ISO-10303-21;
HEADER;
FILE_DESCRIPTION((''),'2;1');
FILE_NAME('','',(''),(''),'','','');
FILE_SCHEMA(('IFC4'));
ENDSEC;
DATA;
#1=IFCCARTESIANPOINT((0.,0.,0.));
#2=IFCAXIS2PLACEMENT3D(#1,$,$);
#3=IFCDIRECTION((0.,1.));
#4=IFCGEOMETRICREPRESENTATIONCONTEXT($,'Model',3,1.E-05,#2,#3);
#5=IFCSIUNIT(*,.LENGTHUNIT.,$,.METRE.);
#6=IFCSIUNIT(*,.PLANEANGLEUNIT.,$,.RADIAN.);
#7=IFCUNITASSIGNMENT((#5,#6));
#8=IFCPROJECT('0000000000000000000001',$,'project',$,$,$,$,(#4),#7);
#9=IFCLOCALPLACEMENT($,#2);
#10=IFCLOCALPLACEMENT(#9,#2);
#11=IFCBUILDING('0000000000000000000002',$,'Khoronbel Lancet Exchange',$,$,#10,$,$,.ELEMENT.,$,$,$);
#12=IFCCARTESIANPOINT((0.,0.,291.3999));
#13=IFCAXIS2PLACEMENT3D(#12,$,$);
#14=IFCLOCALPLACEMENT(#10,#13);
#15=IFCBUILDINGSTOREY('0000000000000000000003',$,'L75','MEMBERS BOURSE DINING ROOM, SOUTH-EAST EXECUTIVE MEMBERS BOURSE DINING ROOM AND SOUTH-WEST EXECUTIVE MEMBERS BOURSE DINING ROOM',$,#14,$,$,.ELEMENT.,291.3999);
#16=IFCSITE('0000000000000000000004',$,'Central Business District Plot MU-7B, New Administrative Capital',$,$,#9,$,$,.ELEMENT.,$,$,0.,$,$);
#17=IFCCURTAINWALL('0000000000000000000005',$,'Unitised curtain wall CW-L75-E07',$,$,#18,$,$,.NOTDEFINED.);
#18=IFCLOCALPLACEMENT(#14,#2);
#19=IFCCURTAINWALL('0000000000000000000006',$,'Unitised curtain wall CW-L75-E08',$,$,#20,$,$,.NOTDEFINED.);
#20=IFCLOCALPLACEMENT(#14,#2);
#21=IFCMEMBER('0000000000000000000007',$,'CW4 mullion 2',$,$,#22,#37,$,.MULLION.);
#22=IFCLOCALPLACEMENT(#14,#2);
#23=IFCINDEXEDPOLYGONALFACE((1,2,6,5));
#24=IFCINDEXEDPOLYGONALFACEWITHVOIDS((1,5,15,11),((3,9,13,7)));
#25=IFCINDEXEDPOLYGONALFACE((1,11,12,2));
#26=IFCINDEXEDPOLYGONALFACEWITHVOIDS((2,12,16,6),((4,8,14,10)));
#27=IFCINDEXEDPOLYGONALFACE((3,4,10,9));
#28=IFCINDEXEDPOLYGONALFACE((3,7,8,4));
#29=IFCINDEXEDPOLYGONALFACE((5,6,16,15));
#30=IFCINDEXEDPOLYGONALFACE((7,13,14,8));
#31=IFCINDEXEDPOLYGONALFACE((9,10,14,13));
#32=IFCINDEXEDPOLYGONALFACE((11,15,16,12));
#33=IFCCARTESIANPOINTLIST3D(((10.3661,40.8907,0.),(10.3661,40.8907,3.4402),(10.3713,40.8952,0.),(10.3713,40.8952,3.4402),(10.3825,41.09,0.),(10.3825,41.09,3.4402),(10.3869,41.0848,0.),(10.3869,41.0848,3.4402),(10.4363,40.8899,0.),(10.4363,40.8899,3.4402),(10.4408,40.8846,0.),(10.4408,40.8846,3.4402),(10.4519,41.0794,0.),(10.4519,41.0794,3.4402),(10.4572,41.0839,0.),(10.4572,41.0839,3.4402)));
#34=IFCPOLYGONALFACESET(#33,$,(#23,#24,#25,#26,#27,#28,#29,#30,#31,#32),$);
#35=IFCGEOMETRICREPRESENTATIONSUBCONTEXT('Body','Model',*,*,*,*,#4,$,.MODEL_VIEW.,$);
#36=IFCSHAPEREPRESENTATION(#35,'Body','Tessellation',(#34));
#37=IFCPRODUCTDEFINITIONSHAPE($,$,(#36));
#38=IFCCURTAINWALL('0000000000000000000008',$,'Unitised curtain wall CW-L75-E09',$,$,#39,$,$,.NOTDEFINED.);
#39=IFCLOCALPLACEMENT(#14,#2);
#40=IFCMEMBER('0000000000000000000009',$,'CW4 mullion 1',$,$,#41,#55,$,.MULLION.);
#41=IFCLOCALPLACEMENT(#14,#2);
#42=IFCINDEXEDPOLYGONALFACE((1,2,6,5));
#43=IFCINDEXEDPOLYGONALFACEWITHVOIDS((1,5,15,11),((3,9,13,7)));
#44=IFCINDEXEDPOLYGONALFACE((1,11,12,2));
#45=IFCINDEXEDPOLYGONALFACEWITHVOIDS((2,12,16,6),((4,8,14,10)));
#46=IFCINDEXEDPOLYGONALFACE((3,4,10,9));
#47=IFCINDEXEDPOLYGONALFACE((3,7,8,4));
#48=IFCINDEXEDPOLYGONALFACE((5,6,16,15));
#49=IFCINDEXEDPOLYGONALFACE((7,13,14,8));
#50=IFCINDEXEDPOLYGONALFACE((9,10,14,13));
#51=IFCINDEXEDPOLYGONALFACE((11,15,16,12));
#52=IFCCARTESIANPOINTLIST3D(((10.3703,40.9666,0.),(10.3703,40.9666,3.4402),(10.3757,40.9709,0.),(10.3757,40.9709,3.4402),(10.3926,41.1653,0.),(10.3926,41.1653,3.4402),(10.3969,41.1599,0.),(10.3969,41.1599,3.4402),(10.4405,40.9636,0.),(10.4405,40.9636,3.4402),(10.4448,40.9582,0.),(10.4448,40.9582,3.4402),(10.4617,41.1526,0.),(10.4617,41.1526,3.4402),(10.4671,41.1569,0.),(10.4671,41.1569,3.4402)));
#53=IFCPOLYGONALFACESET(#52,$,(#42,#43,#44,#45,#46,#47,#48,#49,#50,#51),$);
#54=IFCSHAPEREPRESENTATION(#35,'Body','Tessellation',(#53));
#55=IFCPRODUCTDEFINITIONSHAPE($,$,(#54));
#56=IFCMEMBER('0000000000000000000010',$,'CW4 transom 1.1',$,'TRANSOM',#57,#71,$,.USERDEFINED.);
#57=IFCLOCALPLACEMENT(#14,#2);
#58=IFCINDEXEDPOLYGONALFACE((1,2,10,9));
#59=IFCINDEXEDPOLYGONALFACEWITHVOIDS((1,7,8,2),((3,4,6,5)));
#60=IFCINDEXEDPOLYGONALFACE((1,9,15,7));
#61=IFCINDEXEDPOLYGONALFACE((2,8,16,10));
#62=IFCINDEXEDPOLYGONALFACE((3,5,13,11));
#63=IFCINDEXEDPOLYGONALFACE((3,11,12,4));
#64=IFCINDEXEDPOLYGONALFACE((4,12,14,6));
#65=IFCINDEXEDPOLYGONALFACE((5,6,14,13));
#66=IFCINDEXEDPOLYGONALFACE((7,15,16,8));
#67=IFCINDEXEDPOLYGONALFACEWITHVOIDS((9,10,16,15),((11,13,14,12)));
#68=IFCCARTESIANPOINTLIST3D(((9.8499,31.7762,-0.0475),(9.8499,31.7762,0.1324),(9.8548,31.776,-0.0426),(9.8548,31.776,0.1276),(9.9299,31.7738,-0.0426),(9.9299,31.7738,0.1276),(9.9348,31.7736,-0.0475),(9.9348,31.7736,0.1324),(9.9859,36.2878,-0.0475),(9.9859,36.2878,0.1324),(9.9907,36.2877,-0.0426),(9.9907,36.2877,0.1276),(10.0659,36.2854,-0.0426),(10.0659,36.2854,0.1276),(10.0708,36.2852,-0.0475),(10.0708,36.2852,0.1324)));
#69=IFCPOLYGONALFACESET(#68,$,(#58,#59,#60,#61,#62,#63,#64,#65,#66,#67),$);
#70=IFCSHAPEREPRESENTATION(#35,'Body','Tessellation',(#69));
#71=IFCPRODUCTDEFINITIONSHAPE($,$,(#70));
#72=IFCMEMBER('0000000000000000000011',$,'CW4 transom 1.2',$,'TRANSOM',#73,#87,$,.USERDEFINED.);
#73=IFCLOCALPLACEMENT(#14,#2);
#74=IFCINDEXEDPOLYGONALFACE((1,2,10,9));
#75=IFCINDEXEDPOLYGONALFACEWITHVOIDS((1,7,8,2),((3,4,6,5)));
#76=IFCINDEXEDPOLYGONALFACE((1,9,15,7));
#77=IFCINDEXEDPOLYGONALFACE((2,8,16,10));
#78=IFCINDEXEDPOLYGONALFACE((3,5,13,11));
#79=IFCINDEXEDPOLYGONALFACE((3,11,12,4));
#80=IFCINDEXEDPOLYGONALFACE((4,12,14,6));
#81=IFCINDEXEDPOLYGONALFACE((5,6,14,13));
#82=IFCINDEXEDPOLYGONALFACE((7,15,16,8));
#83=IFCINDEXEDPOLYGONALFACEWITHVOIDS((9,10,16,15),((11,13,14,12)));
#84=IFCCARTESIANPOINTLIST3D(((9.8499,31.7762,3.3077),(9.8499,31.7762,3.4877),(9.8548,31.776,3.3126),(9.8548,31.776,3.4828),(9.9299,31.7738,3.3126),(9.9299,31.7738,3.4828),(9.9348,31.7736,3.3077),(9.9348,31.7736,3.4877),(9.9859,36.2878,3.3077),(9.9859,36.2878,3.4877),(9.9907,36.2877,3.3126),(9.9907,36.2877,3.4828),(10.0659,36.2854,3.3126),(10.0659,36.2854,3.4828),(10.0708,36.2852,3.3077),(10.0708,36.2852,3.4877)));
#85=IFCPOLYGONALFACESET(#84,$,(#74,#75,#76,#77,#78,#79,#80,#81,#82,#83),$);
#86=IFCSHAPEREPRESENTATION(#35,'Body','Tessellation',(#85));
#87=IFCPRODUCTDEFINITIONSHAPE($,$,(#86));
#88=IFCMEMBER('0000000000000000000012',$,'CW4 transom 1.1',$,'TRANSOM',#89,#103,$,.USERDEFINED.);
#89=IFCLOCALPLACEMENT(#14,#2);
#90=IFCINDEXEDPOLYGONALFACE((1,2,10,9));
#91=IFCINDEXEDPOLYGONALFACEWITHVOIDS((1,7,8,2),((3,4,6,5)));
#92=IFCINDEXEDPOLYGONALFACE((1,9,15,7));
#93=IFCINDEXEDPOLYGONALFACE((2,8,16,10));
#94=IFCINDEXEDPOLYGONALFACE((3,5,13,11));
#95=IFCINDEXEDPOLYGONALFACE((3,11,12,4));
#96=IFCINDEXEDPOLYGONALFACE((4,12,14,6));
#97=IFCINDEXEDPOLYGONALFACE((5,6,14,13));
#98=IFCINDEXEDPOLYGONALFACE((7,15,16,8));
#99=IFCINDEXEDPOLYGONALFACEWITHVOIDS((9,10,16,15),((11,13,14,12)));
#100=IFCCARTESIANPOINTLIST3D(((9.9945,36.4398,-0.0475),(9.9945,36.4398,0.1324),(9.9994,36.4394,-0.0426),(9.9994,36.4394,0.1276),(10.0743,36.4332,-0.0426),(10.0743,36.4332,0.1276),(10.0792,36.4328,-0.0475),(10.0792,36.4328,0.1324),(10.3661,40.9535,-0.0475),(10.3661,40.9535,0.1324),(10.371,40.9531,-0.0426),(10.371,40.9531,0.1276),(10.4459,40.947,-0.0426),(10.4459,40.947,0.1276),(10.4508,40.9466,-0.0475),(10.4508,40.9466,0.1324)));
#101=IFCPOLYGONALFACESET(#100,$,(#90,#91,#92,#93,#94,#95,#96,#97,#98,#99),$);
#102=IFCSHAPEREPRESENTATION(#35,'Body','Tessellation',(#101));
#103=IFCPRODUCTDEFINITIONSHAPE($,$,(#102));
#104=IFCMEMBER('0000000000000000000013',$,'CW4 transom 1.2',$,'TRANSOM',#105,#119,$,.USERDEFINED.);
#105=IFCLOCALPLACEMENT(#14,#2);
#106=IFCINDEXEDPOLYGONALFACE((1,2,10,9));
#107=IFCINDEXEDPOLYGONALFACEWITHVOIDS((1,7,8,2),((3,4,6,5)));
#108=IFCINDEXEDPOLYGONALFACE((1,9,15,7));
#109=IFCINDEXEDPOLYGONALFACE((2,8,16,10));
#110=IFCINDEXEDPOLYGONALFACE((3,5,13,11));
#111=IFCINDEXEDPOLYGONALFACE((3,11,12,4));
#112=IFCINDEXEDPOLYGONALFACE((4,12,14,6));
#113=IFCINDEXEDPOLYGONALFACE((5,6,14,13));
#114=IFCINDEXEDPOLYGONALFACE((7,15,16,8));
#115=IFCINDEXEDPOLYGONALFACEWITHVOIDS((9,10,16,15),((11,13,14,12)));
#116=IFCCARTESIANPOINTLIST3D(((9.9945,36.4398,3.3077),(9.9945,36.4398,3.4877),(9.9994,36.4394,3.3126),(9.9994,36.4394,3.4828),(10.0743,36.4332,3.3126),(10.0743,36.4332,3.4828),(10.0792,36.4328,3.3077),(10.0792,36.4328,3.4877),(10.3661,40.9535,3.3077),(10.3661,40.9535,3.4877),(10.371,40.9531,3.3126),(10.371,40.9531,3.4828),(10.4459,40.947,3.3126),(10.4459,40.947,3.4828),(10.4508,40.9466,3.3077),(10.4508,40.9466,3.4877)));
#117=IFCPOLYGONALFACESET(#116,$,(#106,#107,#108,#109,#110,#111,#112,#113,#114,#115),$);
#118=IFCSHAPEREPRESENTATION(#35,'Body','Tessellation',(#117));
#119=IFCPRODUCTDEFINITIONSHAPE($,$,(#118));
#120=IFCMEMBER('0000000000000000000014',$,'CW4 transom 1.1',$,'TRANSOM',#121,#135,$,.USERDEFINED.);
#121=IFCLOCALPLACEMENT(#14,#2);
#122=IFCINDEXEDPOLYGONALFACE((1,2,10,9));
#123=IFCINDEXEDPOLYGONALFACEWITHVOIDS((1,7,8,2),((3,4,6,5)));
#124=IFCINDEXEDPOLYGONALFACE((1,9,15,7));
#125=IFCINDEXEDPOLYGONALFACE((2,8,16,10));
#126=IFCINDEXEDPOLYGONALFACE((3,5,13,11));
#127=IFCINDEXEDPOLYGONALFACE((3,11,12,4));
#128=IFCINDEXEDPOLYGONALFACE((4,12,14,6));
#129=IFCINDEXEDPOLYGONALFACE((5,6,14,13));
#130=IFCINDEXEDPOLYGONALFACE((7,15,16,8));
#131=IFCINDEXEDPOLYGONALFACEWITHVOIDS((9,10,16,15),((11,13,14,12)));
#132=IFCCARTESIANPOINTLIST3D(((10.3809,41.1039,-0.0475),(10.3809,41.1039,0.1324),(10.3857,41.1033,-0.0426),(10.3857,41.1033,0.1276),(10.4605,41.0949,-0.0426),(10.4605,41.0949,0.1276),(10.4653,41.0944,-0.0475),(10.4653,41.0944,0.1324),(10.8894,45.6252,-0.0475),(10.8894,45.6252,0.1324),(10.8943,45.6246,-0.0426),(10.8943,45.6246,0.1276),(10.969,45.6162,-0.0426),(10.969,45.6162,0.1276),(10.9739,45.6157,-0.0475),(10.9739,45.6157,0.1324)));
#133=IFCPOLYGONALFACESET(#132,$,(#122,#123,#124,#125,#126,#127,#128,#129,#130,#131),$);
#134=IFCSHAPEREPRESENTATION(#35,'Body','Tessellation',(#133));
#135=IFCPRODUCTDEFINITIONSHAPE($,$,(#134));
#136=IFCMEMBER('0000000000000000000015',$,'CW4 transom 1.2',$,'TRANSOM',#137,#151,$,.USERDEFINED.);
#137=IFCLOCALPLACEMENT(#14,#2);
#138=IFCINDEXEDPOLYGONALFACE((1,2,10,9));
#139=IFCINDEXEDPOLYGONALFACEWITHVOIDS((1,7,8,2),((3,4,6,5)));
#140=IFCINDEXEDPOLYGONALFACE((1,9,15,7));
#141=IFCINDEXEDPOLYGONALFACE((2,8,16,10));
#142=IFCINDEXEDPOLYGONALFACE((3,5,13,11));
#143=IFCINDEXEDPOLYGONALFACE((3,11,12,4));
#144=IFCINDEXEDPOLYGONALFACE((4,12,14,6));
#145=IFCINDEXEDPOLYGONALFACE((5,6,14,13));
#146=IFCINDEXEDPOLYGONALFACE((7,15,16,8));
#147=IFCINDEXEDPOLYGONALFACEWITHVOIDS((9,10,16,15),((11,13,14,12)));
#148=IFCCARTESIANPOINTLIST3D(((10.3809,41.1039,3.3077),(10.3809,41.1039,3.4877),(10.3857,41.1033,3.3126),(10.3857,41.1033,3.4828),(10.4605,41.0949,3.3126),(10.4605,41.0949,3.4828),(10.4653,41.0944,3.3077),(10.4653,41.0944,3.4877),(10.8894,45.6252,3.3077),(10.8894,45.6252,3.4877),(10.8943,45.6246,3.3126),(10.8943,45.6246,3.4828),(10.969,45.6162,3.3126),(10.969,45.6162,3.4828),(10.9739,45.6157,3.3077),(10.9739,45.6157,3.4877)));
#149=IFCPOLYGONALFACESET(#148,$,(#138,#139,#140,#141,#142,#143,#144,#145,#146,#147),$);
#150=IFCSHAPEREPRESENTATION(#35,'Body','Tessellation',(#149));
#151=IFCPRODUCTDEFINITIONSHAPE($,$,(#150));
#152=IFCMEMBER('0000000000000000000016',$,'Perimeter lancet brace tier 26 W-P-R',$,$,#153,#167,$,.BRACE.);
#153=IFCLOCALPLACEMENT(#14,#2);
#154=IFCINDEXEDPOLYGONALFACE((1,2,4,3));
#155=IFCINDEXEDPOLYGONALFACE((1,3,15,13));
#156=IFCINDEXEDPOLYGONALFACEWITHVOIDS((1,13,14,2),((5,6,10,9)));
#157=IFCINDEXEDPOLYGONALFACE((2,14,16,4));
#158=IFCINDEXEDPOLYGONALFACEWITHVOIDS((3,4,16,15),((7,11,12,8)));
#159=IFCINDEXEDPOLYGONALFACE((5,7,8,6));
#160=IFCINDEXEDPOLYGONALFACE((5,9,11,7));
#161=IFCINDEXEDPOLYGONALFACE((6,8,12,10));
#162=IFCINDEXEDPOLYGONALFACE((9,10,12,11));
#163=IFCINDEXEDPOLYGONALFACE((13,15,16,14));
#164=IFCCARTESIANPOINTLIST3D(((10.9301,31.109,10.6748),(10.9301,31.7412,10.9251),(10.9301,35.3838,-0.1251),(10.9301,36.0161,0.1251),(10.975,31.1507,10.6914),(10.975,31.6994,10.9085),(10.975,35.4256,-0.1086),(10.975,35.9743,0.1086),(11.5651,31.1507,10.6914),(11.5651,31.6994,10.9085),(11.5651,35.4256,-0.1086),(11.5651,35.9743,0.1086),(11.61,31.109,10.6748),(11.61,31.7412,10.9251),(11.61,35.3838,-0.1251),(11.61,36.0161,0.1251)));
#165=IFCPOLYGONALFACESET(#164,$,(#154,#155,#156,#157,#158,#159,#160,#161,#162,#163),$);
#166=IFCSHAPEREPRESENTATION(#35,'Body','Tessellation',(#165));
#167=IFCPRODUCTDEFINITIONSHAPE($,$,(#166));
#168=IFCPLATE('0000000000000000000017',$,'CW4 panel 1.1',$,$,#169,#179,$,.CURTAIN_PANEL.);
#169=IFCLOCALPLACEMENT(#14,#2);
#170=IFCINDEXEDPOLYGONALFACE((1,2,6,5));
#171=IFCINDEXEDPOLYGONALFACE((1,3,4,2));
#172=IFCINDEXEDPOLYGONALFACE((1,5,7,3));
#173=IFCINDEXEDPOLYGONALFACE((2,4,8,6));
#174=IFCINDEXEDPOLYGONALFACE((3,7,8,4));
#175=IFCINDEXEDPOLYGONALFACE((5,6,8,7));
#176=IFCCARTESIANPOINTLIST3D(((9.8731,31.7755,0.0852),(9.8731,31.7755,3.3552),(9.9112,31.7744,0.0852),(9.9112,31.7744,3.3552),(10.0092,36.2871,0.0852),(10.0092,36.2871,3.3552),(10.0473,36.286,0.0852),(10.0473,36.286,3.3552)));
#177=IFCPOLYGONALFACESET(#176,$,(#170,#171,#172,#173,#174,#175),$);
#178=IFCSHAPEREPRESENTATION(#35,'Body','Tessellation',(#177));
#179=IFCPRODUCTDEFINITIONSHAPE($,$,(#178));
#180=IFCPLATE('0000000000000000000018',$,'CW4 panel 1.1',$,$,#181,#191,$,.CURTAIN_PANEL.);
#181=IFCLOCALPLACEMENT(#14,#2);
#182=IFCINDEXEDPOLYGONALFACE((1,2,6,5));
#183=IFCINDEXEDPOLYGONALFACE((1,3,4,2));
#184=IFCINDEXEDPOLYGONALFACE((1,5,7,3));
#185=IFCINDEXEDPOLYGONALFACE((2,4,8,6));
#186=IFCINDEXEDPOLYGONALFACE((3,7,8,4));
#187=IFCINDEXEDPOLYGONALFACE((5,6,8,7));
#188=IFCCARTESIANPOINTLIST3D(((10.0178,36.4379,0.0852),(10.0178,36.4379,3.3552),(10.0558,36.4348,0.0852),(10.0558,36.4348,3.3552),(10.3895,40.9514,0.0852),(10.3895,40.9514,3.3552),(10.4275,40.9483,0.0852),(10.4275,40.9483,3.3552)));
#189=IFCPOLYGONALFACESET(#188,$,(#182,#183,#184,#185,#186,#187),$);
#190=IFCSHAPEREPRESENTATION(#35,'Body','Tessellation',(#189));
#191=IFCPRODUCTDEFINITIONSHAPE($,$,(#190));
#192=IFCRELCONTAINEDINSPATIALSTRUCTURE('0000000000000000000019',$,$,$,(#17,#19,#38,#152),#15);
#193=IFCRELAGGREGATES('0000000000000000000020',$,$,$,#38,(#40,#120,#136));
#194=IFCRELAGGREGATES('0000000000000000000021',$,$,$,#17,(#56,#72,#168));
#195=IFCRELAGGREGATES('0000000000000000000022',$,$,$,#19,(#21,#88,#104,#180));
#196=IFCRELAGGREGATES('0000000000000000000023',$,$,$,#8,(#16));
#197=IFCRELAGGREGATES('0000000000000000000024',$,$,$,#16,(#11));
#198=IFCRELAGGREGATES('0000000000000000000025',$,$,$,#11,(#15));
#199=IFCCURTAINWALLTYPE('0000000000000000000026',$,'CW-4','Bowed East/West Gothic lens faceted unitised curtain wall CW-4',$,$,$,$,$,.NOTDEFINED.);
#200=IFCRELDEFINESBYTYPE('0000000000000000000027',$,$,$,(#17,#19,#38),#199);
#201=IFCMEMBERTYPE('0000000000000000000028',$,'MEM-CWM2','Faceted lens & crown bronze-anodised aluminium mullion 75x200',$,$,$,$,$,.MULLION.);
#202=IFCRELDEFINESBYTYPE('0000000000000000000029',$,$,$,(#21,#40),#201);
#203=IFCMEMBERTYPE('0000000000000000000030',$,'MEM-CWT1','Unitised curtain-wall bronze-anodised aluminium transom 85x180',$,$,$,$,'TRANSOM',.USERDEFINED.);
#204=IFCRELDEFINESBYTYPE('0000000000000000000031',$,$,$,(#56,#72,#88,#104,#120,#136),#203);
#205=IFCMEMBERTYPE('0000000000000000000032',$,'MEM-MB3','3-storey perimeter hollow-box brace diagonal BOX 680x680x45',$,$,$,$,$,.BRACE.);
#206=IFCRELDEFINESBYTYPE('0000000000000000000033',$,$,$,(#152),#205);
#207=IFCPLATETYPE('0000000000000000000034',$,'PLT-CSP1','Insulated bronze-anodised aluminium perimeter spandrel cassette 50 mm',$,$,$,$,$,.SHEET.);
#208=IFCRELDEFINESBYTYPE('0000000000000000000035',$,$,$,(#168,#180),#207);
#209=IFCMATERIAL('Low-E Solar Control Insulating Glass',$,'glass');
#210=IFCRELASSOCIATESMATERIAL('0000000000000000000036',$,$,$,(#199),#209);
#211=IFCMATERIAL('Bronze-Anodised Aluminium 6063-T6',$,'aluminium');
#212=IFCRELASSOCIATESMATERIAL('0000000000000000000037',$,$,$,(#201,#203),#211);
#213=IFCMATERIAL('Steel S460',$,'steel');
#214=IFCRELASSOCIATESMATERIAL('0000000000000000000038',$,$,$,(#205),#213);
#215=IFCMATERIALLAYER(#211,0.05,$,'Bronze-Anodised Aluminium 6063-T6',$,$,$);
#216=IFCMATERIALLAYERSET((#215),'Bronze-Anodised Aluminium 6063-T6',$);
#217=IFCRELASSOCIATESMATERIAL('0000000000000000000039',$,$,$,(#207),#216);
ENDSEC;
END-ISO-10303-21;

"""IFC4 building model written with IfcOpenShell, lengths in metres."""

from ifc_helpers import new_model, si_unit, direction, frame, origin, origin_2d, place, context, subcontext, project, spatial, rectangle, hollow_rectangle, extrude, material, layer, layer_set, material_profile, profile_set, type_object, element, aggregate, save


model = new_model("IFC4")

# Units and contexts
model_context = context("Model", 3, precision=1e-05, world=origin(), true_north=direction((0.0, 1.0)))
body_context = subcontext(model_context, "Body", "Model", "MODEL_VIEW")
ifc_project = project(units=[si_unit("LENGTHUNIT", "METRE"), si_unit("PLANEANGLEUNIT", "RADIAN")], contexts=[model_context])

# Site, building, storey
site_placement = place(None, origin())
site = spatial("IfcSite", under=ifc_project, at=site_placement, Name="Central Business District Plot MU-7B, New Administrative Capital", CompositionType="ELEMENT", RefElevation=0.0)
building_placement = place(site_placement, origin())
building = spatial("IfcBuilding", under=site, at=building_placement, Name="Khoronbel Lancet Exchange", CompositionType="ELEMENT")
storey_placement = place(building_placement, frame((0.0, 0.0, 291.3999)))
storey = spatial("IfcBuildingStorey", under=building, at=storey_placement, Name="L75", Description="MEMBERS BOURSE DINING ROOM, SOUTH-EAST EXECUTIVE MEMBERS BOURSE DINING ROOM AND SOUTH-WEST EXECUTIVE MEMBERS BOURSE DINING ROOM", CompositionType="ELEMENT", Elevation=291.3999)

# Curtain walls, member
ifc_material_1 = material(Name="Low-E Solar Control Insulating Glass", Category="glass")
curtain_wall_type = type_object("IfcCurtainWallType", Name="CW-4", Description="Bowed East/West Gothic lens faceted unitised curtain wall CW-4", PredefinedType="NOTDEFINED", material=ifc_material_1)
curtain_wall_1_placement = place(storey_placement, origin())
curtain_wall_1 = element("IfcCurtainWall", 1, at=curtain_wall_1_placement, inside=storey, type_object=curtain_wall_type, Name="Unitised curtain wall CW-L75-E07", PredefinedType="NOTDEFINED")
ifc_material_2 = material(Name="Bronze-Anodised Aluminium 6063-T6", Category="aluminium")
ifc_material_profile_1 = material_profile(ifc_material_2, hollow_rectangle(XDim=0.075, YDim=0.2, WallThickness=0.0049, at=origin_2d()), Name="ALU MULLION 75x200")
ifc_profile_set_1 = profile_set([ifc_material_profile_1], Name="Bronze-Anodised Aluminium 6063-T6")
member_type_1 = type_object("IfcMemberType", Name="MEM-CWM2", Description="Faceted lens & crown bronze-anodised aluminium mullion 75x200", PredefinedType="MULLION", material=ifc_profile_set_1)
curtain_wall_2_placement = place(storey_placement, origin())
curtain_wall_2 = element("IfcCurtainWall", 2, at=curtain_wall_2_placement, inside=storey, type_object=curtain_wall_type, Name="Unitised curtain wall CW-L75-E08", PredefinedType="NOTDEFINED")
member_1_placement = place(storey_placement, frame((10.4116, 40.9873, 0.0), z_axis=(0.0, 0.0, 1.0), x_axis=(-0.996626, 0.082073, 0.0)))
member_1 = element("IfcMember", 3, at=member_1_placement, type_object=member_type_1, Name="CW4 mullion 2", PredefinedType="MULLION", context=body_context, shape_type="SweptSolid", body=[
    extrude(hollow_rectangle(XDim=0.075, YDim=0.2, WallThickness=0.0049, at=origin_2d()), origin(), (0.0, 0.0, 1.0), 3.4402),
])

# Curtain wall, member
curtain_wall_3_placement = place(storey_placement, origin())
curtain_wall_3 = element("IfcCurtainWall", 4, at=curtain_wall_3_placement, inside=storey, type_object=curtain_wall_type, Name="Unitised curtain wall CW-L75-E09", PredefinedType="NOTDEFINED")
member_2_placement = place(storey_placement, frame((10.4187, 41.0618, 0.0), z_axis=(0.0, 0.0, 1.0), x_axis=(-0.993732, 0.111791, 0.0)))
member_2 = element("IfcMember", 5, at=member_2_placement, type_object=member_type_1, Name="CW4 mullion 1", PredefinedType="MULLION", context=body_context, shape_type="SweptSolid", body=[
    extrude(hollow_rectangle(XDim=0.075, YDim=0.2, WallThickness=0.0049, at=origin_2d()), origin(), (0.0, 0.0, 1.0), 3.4402),
])

# Members
ifc_material_profile_2 = material_profile(ifc_material_2, hollow_rectangle(XDim=0.085, YDim=0.1799, WallThickness=0.0049, at=origin_2d()), Name="ALU TRANSOM 85x180")
ifc_profile_set_2 = profile_set([ifc_material_profile_2], Name="Bronze-Anodised Aluminium 6063-T6")
member_type_2 = type_object("IfcMemberType", Name="MEM-CWT1", Description="Unitised curtain-wall bronze-anodised aluminium transom 85x180", ElementType="TRANSOM", PredefinedType="USERDEFINED", material=ifc_profile_set_2)
member_3_placement = place(storey_placement, frame((9.8923, 31.7749, 0.0425), z_axis=(0.030127, 0.999546, 0.0), x_axis=(-0.999546, 0.030127, 0.0)))
member_3 = element("IfcMember", 6, at=member_3_placement, type_object=member_type_2, Name="CW4 transom 1.1", ObjectType="TRANSOM", PredefinedType="USERDEFINED", context=body_context, shape_type="SweptSolid", body=[
    extrude(hollow_rectangle(XDim=0.085, YDim=0.1799, WallThickness=0.0049, at=origin_2d()), origin(), (0.0, 0.0, 1.0), 4.5137),
])
member_4_placement = place(storey_placement, frame((9.8923, 31.7749, 3.3977), z_axis=(0.030127, 0.999546, 0.0), x_axis=(-0.999546, 0.030127, 0.0)))
member_4 = element("IfcMember", 7, at=member_4_placement, type_object=member_type_2, Name="CW4 transom 1.2", ObjectType="TRANSOM", PredefinedType="USERDEFINED", context=body_context, shape_type="SweptSolid", body=[
    extrude(hollow_rectangle(XDim=0.085, YDim=0.1799, WallThickness=0.0049, at=origin_2d()), origin(), (0.0, 0.0, 1.0), 4.5137),
])
member_5_placement = place(storey_placement, frame((10.0369, 36.4363, 0.0425), z_axis=(0.082046, 0.996629, 0.0), x_axis=(-0.996629, 0.082046, 0.0)))
member_5 = element("IfcMember", 8, at=member_5_placement, type_object=member_type_2, Name="CW4 transom 1.1", ObjectType="TRANSOM", PredefinedType="USERDEFINED", context=body_context, shape_type="SweptSolid", body=[
    extrude(hollow_rectangle(XDim=0.085, YDim=0.1799, WallThickness=0.0049, at=origin_2d()), origin(), (0.0, 0.0, 1.0), 4.5291),
])
member_6_placement = place(storey_placement, frame((10.0369, 36.4363, 3.3977), z_axis=(0.082046, 0.996629, 0.0), x_axis=(-0.996629, 0.082046, 0.0)))
member_6 = element("IfcMember", 9, at=member_6_placement, type_object=member_type_2, Name="CW4 transom 1.2", ObjectType="TRANSOM", PredefinedType="USERDEFINED", context=body_context, shape_type="SweptSolid", body=[
    extrude(hollow_rectangle(XDim=0.085, YDim=0.1799, WallThickness=0.0049, at=origin_2d()), origin(), (0.0, 0.0, 1.0), 4.5291),
])
member_7_placement = place(storey_placement, frame((10.4231, 41.0991, 0.0425), z_axis=(0.111774, 0.993734, 0.0), x_axis=(-0.993734, 0.111774, 0.0)))
member_7 = element("IfcMember", 10, at=member_7_placement, type_object=member_type_2, Name="CW4 transom 1.1", ObjectType="TRANSOM", PredefinedType="USERDEFINED", context=body_context, shape_type="SweptSolid", body=[
    extrude(hollow_rectangle(XDim=0.085, YDim=0.1799, WallThickness=0.0049, at=origin_2d()), origin(), (0.0, 0.0, 1.0), 4.5498),
])
member_8_placement = place(storey_placement, frame((10.4231, 41.0991, 3.3977), z_axis=(0.111774, 0.993734, 0.0), x_axis=(-0.993734, 0.111774, 0.0)))
member_8 = element("IfcMember", 11, at=member_8_placement, type_object=member_type_2, Name="CW4 transom 1.2", ObjectType="TRANSOM", PredefinedType="USERDEFINED", context=body_context, shape_type="SweptSolid", body=[
    extrude(hollow_rectangle(XDim=0.085, YDim=0.1799, WallThickness=0.0049, at=origin_2d()), origin(), (0.0, 0.0, 1.0), 4.5498),
])
aggregate(curtain_wall_3, [member_2, member_7, member_8])
ifc_material_3 = material(Name="Steel S460", Category="steel")
ifc_material_profile_3 = material_profile(ifc_material_3, hollow_rectangle(XDim=0.6799, YDim=0.6799, WallThickness=0.0449, at=origin_2d()), Name="BOX 680x680x45")
ifc_profile_set_3 = profile_set([ifc_material_profile_3], Name="Steel S460")
member_type_3 = type_object("IfcMemberType", Name="MEM-MB3", Description="3-storey perimeter hollow-box brace diagonal BOX 680x680x45", PredefinedType="BRACE", material=ifc_profile_set_3)
member_9_placement = place(storey_placement, frame((11.27, 35.7, 0.0), z_axis=(0.0, -0.36804, 0.92981), x_axis=(1.0, 0.0, 0.0)))
element("IfcMember", 12, at=member_9_placement, inside=storey, type_object=member_type_3, Name="Perimeter lancet brace tier 26 W-P-R", PredefinedType="BRACE", context=body_context, shape_type="SweptSolid", body=[
    extrude(hollow_rectangle(XDim=0.6799, YDim=0.6799, WallThickness=0.0449, at=origin_2d()), origin(), (0.0, 0.0, 1.0), 11.6152),
])

# Plates
ifc_layer_1 = layer(ifc_material_2, 0.05, Name="Bronze-Anodised Aluminium 6063-T6")
ifc_layer_set_1 = layer_set([ifc_layer_1], Name="Bronze-Anodised Aluminium 6063-T6")
plate_type_1 = type_object("IfcPlateType", Name="PLT-CSP1", Description="Insulated bronze-anodised aluminium perimeter spandrel cassette 50 mm", PredefinedType="SHEET", material=ifc_layer_set_1)
plate_1_placement = place(storey_placement, frame((9.9602, 34.0308, 0.0852), z_axis=(0.0, 0.0, 1.0), x_axis=(0.030148, 0.999545, 0.0)))
plate_1 = element("IfcPlate", 13, at=plate_1_placement, type_object=plate_type_1, Name="CW4 panel 1.1", PredefinedType="CURTAIN_PANEL", context=body_context, shape_type="SweptSolid", body=[
    extrude(rectangle(XDim=4.5137, YDim=0.0381, at=origin_2d()), origin(), (0.0, 0.0, 1.0), 3.27),
])
aggregate(curtain_wall_1, [member_3, member_4, plate_1])
plate_2_placement = place(storey_placement, frame((10.2227, 38.6931, 0.0852), z_axis=(0.0, 0.0, 1.0), x_axis=(0.082073, 0.996626, 0.0)))
plate_2 = element("IfcPlate", 14, at=plate_2_placement, type_object=plate_type_1, Name="CW4 panel 1.1", PredefinedType="CURTAIN_PANEL", context=body_context, shape_type="SweptSolid", body=[
    extrude(rectangle(XDim=4.5288, YDim=0.0381, at=origin_2d()), origin(), (0.0, 0.0, 1.0), 3.27),
])
aggregate(curtain_wall_2, [member_1, member_5, member_6, plate_2])

save(model, "model.ifc")
